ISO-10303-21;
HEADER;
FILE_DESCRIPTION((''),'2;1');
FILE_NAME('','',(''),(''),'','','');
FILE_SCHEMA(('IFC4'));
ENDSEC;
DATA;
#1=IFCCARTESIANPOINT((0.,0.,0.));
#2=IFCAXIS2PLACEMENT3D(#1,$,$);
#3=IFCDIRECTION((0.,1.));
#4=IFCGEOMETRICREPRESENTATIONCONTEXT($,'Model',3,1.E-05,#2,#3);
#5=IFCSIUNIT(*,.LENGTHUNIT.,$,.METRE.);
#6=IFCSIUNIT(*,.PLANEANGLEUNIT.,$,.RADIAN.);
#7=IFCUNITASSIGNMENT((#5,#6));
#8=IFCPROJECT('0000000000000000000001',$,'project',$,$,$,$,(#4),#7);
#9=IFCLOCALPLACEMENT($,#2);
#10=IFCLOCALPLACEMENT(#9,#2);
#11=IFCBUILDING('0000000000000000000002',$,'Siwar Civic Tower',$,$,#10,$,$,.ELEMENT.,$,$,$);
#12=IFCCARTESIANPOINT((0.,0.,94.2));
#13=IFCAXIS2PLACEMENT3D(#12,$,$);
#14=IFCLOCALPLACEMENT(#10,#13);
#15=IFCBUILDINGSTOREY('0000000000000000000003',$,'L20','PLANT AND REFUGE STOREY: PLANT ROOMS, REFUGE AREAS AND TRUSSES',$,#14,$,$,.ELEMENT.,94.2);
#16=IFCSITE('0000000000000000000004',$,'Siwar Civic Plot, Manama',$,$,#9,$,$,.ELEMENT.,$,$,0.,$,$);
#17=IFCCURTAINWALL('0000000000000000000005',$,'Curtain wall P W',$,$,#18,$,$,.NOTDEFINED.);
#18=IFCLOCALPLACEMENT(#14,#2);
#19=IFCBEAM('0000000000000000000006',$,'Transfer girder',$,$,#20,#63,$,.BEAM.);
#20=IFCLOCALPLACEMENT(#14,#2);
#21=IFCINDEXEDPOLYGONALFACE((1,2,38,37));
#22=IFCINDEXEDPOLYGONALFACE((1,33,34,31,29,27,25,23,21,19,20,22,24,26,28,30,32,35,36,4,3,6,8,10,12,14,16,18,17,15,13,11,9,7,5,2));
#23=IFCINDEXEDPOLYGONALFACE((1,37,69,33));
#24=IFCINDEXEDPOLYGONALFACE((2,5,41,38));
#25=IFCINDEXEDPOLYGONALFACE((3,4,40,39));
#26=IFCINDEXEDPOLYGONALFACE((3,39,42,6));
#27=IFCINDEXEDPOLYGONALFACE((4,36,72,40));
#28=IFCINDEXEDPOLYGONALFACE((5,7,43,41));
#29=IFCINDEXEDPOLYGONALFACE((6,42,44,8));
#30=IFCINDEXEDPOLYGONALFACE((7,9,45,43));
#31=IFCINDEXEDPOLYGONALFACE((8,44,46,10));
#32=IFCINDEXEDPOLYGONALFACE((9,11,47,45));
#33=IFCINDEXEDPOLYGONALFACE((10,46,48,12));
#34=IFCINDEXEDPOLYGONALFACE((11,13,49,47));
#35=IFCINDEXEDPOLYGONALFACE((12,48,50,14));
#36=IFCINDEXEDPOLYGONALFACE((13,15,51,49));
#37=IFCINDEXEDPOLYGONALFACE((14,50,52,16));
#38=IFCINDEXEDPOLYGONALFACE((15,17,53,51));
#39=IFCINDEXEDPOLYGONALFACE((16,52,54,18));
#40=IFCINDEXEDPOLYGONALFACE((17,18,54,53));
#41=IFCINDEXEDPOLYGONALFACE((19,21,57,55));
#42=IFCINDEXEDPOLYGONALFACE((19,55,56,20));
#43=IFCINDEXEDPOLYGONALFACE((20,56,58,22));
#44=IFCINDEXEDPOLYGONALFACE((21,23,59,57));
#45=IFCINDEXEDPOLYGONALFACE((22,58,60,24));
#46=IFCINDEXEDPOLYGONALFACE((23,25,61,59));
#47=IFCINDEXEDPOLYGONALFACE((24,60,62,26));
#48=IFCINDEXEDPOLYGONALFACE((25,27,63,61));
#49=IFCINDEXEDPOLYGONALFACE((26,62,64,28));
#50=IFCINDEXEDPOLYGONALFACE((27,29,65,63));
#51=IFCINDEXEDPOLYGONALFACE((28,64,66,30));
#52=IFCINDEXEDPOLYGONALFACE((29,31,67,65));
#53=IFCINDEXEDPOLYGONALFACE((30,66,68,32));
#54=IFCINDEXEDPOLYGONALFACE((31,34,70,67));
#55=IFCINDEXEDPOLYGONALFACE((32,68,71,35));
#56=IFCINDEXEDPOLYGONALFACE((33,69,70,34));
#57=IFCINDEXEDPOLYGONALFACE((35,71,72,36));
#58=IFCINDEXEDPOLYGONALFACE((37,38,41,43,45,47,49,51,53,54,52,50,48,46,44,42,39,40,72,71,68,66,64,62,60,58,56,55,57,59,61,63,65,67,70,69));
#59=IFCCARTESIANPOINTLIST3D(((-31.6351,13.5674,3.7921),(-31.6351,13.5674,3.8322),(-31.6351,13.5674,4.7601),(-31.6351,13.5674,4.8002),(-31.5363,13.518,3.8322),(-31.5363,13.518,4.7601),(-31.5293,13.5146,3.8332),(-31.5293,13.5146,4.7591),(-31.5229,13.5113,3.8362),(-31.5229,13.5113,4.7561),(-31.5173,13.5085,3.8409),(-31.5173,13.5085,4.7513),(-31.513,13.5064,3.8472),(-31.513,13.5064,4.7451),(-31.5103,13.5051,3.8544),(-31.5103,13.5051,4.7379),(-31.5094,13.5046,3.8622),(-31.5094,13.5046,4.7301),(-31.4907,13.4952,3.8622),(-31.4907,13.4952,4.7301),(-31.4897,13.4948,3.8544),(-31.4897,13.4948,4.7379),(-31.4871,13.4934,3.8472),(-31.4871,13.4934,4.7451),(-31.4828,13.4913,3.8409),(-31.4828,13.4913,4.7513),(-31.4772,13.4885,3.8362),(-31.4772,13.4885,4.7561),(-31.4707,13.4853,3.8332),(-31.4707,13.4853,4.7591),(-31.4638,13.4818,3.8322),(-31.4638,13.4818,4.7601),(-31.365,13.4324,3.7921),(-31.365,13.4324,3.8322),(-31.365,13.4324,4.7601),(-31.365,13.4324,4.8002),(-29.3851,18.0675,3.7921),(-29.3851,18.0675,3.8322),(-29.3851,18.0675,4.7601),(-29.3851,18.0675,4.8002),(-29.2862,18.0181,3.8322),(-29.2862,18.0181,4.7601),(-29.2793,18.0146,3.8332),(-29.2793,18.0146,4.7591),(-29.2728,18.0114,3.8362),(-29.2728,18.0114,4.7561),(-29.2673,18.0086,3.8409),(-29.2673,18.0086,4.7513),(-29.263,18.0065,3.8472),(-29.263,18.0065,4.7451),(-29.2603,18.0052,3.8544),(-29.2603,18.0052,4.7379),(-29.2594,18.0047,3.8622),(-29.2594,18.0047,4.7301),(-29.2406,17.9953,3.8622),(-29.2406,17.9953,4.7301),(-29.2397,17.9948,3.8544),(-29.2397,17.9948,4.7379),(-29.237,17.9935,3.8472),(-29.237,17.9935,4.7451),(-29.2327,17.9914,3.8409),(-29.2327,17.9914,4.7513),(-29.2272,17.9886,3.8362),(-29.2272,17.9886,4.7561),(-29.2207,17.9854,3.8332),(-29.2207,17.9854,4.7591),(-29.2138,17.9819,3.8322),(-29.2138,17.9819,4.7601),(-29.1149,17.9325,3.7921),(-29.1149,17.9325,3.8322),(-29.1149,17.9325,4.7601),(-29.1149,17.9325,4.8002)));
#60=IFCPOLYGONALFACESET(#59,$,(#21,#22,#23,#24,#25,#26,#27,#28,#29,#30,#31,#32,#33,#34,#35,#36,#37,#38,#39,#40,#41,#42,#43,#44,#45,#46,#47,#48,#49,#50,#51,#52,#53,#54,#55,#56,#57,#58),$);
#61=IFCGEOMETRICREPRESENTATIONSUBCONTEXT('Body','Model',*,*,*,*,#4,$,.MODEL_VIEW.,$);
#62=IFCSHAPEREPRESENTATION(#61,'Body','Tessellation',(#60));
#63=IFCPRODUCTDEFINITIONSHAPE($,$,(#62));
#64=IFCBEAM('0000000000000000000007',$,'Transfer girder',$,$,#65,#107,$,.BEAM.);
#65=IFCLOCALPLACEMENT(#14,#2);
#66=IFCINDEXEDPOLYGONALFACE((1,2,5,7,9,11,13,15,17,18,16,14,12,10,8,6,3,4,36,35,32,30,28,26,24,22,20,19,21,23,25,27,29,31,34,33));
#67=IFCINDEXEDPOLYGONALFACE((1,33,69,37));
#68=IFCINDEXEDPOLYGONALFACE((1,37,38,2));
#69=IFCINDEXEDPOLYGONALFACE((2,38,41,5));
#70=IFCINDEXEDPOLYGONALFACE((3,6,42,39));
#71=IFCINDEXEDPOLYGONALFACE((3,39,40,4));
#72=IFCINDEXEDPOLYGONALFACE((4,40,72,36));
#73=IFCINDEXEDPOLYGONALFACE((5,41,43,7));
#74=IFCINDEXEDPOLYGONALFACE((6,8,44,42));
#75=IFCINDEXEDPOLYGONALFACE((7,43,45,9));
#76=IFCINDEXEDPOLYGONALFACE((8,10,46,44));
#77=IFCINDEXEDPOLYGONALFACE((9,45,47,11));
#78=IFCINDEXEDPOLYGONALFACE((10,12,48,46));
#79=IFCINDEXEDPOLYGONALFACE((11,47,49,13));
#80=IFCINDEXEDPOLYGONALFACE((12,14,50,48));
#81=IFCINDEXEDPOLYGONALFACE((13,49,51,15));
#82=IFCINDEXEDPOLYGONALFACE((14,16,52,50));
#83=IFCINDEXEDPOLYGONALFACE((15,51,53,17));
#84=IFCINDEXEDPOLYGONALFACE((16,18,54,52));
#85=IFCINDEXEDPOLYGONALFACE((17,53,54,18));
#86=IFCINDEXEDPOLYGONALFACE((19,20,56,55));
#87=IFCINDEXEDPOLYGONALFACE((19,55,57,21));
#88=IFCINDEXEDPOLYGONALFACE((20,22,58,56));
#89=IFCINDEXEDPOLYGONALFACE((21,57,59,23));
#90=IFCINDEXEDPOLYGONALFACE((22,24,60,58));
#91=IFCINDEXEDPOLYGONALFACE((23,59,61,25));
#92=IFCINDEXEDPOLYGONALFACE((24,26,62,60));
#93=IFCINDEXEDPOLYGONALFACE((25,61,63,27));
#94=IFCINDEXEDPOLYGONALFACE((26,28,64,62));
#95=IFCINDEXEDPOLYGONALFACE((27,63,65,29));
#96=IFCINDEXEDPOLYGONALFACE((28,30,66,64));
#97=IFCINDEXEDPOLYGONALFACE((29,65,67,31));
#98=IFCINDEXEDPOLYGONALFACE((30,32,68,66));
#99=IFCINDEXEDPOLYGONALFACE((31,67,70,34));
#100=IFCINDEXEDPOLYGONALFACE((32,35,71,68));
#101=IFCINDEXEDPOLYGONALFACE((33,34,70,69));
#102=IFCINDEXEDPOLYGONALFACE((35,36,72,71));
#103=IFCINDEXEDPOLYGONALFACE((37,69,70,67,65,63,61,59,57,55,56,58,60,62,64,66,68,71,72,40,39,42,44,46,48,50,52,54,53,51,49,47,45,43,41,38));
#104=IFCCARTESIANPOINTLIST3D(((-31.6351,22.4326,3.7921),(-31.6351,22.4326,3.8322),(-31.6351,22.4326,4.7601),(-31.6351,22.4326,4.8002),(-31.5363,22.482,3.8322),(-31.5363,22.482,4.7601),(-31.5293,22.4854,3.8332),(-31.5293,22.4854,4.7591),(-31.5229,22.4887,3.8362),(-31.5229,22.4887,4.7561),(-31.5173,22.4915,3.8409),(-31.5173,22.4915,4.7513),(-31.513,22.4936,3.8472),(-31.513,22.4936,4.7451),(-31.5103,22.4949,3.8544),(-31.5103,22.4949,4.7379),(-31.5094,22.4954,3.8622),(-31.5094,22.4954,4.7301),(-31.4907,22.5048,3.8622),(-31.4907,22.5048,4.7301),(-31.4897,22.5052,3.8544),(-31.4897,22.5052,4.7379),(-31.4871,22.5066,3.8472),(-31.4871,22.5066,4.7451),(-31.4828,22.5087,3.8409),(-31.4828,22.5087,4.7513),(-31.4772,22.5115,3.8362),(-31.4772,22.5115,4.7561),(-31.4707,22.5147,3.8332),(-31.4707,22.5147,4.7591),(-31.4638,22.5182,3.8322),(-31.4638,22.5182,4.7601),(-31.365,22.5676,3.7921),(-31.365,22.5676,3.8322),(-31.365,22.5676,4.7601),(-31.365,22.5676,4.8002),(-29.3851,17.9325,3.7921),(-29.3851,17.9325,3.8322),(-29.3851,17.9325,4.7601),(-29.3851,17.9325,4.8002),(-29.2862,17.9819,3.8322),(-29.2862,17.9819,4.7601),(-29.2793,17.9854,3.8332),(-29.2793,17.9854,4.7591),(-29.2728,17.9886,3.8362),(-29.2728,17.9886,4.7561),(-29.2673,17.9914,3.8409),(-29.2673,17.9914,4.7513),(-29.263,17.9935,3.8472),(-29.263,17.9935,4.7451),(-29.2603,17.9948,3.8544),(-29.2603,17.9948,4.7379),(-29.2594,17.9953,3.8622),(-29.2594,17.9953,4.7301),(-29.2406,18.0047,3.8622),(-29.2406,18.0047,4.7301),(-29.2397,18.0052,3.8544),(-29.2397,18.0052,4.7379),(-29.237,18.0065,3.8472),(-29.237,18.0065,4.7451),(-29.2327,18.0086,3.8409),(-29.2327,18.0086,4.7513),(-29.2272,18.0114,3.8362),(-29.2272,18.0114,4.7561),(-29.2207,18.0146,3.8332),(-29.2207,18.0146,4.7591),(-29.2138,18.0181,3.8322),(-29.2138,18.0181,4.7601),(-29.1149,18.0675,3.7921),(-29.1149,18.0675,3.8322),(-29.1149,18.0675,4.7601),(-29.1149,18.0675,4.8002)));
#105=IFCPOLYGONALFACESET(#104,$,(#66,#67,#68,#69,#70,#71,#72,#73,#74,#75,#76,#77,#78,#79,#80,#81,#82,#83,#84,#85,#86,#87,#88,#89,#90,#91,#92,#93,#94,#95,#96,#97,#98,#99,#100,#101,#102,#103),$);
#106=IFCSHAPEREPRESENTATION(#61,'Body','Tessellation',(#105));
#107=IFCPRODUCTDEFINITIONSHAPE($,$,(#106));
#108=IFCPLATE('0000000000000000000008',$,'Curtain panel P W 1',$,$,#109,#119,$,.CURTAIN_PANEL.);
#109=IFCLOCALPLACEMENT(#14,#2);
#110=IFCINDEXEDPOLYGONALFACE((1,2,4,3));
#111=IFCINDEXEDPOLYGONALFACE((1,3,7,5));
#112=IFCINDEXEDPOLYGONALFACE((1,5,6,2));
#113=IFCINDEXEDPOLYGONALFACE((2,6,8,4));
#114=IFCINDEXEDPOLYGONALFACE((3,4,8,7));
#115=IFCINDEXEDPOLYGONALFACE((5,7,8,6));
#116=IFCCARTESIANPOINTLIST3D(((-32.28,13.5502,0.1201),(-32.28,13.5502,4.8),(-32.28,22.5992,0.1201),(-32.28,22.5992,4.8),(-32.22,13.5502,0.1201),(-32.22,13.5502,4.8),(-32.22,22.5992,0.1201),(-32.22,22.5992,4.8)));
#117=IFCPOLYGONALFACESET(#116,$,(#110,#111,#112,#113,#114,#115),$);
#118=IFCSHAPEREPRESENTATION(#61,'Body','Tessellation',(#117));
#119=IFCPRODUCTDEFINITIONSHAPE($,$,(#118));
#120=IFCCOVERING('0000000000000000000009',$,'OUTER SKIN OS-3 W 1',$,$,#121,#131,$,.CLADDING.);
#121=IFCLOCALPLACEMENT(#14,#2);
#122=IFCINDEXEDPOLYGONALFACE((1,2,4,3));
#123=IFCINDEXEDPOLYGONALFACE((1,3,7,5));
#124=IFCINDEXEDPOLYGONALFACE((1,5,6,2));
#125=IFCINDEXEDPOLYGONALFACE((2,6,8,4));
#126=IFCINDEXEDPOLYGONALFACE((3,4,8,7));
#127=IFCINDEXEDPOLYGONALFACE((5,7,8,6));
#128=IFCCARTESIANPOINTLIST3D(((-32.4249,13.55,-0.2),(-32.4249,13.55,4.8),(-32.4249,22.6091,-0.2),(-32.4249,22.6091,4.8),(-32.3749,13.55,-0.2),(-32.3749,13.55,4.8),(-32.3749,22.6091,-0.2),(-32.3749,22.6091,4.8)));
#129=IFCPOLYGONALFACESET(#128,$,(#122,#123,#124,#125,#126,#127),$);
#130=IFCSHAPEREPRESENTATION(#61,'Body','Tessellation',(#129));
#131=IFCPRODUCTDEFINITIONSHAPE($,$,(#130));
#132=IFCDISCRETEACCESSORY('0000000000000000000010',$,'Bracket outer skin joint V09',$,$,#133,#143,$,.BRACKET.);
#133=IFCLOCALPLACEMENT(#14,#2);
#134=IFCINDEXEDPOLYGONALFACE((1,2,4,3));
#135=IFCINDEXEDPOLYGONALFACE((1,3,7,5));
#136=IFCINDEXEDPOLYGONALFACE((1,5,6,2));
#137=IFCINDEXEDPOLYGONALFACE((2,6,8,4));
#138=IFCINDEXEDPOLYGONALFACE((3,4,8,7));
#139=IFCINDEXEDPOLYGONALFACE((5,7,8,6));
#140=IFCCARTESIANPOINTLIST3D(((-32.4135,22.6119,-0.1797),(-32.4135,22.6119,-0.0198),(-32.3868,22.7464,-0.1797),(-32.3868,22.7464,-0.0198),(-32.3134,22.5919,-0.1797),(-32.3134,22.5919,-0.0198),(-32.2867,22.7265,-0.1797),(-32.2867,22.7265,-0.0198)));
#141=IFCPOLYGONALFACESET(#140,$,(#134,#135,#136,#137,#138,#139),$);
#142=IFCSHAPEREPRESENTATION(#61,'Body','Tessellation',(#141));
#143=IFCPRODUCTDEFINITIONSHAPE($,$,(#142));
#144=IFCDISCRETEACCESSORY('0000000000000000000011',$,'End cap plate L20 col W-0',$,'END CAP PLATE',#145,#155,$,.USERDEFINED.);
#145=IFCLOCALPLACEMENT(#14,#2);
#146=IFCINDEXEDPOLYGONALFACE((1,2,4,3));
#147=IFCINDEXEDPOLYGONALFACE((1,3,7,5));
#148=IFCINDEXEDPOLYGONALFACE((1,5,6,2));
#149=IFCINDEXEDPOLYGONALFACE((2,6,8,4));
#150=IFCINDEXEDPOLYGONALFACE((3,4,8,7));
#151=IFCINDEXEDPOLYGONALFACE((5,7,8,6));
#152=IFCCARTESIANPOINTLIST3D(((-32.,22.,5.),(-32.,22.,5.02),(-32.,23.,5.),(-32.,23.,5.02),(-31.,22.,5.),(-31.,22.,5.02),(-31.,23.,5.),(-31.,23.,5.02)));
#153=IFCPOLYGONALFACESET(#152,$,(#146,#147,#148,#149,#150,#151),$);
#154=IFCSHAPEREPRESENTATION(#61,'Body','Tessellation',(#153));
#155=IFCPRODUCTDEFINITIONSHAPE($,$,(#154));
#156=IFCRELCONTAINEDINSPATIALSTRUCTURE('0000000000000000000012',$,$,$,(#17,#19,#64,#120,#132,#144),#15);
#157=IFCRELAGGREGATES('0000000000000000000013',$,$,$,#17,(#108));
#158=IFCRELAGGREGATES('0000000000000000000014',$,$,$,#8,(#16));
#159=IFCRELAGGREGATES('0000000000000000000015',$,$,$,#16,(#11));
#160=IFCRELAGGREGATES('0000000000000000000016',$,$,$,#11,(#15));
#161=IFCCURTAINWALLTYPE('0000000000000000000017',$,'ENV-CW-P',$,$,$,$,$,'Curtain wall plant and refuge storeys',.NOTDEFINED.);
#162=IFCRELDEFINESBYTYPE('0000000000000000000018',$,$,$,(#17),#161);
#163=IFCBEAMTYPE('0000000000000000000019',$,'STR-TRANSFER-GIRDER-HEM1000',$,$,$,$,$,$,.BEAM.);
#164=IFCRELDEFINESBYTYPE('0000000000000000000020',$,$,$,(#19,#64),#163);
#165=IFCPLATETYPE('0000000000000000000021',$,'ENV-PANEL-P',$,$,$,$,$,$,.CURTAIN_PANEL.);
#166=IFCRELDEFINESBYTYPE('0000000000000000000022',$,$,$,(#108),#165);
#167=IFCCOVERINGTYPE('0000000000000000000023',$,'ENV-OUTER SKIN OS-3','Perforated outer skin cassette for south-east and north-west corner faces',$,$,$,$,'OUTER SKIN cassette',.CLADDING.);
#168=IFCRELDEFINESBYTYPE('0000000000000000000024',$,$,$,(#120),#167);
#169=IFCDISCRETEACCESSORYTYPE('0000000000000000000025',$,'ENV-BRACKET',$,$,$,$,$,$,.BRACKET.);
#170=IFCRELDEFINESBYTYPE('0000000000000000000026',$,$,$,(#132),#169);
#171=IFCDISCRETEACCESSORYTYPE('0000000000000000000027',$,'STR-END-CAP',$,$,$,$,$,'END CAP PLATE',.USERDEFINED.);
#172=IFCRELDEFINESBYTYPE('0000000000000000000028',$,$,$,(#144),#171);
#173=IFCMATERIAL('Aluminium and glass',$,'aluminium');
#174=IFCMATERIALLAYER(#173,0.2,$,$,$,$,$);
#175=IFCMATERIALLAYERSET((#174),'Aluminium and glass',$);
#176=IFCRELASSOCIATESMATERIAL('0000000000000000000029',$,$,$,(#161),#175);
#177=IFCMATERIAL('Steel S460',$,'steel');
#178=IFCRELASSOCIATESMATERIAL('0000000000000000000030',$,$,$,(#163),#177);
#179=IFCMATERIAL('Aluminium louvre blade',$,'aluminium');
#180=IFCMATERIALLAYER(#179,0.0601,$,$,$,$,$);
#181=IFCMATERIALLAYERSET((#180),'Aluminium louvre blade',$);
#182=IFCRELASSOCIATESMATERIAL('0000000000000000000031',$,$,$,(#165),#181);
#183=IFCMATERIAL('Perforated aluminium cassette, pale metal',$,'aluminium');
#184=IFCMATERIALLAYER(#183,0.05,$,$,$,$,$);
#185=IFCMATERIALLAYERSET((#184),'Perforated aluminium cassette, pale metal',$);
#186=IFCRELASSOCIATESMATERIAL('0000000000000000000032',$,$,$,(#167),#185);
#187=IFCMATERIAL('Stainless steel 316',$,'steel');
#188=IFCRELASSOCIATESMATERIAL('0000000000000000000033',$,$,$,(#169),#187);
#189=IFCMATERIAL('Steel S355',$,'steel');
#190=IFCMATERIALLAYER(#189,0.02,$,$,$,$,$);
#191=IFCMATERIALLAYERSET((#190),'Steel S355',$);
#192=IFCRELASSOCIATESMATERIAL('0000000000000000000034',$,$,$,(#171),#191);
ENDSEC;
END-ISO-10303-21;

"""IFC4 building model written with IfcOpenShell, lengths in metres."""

from ifc_helpers import new_model, si_unit, direction, frame, origin, origin_2d, place, context, subcontext, project, spatial, rectangle, i_section, extrude, material, layer, layer_set, material_profile, profile_set, type_object, element, aggregate, save


model = new_model("IFC4")

# Units and contexts
model_context = context("Model", 3, precision=1e-05, world=origin(), true_north=direction((0.0, 1.0)))
body_context = subcontext(model_context, "Body", "Model", "MODEL_VIEW")
ifc_project = project(units=[si_unit("LENGTHUNIT", "METRE"), si_unit("PLANEANGLEUNIT", "RADIAN")], contexts=[model_context])

# Site, building, storey
site_placement = place(None, origin())
site = spatial("IfcSite", under=ifc_project, at=site_placement, Name="Siwar Civic Plot, Manama", CompositionType="ELEMENT", RefElevation=0.0)
building_placement = place(site_placement, origin())
building = spatial("IfcBuilding", under=site, at=building_placement, Name="Siwar Civic Tower", CompositionType="ELEMENT")
storey_placement = place(building_placement, frame((0.0, 0.0, 94.2)))
storey = spatial("IfcBuildingStorey", under=building, at=storey_placement, Name="L20", Description="PLANT AND REFUGE STOREY: PLANT ROOMS, REFUGE AREAS AND TRUSSES", CompositionType="ELEMENT", Elevation=94.2)

# Curtain wall
ifc_material_1 = material(Name="Aluminium and glass", Category="aluminium")
ifc_layer_1 = layer(ifc_material_1, 0.2)
ifc_layer_set_1 = layer_set([ifc_layer_1], Name="Aluminium and glass")
curtain_wall_type = type_object("IfcCurtainWallType", Name="ENV-CW-P", ElementType="Curtain wall plant and refuge storeys", PredefinedType="NOTDEFINED", material=ifc_layer_set_1)
curtain_wall_placement = place(storey_placement, origin())
curtain_wall = element("IfcCurtainWall", 1, at=curtain_wall_placement, inside=storey, type_object=curtain_wall_type, Name="Curtain wall P W", PredefinedType="NOTDEFINED")

# Beams
ifc_material_2 = material(Name="Steel S460", Category="steel")
ifc_material_profile_1 = material_profile(ifc_material_2, i_section(OverallWidth=0.302, OverallDepth=1.0081, WebThickness=0.021, FlangeThickness=0.04, FilletRadius=0.03, at=origin_2d()), Name="HEM1000")
ifc_profile_set_1 = profile_set([ifc_material_profile_1], Name="Steel S460")
beam_type_1 = type_object("IfcBeamType", Name="STR-TRANSFER-GIRDER-HEM1000", PredefinedType="BEAM", material=ifc_profile_set_1)
for number, where, z_axis, x_axis, name in (
    (2, (-29.25, 18.0, 4.2961), (-0.447214, -0.894427, 0.0), (0.894427, -0.447214, 0.0), "Transfer girder"),
    (3, (-29.25, 18.0, 4.2961), (-0.447214, 0.894427, 0.0), (-0.894427, -0.447214, 0.0), "Transfer girder"),
):
    element("IfcBeam", number, at=place(storey_placement, frame(where, z_axis=z_axis, x_axis=x_axis)), inside=storey, type_object=beam_type_1, Name=name, PredefinedType="BEAM", context=body_context, shape_type="SweptSolid", body=[
        extrude(i_section(OverallWidth=0.302, OverallDepth=1.0081, WebThickness=0.021, FlangeThickness=0.04, FilletRadius=0.03, at=origin_2d()), origin(), (0.0, 0.0, 1.0), 5.0312),
    ])

# Plate
ifc_material_3 = material(Name="Aluminium louvre blade", Category="aluminium")
ifc_layer_2 = layer(ifc_material_3, 0.0601)
ifc_layer_set_2 = layer_set([ifc_layer_2], Name="Aluminium louvre blade")
plate_type = type_object("IfcPlateType", Name="ENV-PANEL-P", PredefinedType="CURTAIN_PANEL", material=ifc_layer_set_2)
plate_placement = place(storey_placement, frame((-32.25, 18.0747, 0.1201), z_axis=(0.0, 0.0, 1.0), x_axis=(0.0, -1.0, 0.0)))
plate = element("IfcPlate", 4, at=plate_placement, type_object=plate_type, Name="Curtain panel P W 1", PredefinedType="CURTAIN_PANEL", context=body_context, shape_type="SweptSolid", body=[
    extrude(rectangle(XDim=9.0491, YDim=0.0601, at=origin_2d()), origin(), (0.0, 0.0, 1.0), 4.6799),
])
aggregate(curtain_wall, [plate])

# Covering
ifc_material_4 = material(Name="Perforated aluminium cassette, pale metal", Category="aluminium")
ifc_layer_3 = layer(ifc_material_4, 0.05)
ifc_layer_set_3 = layer_set([ifc_layer_3], Name="Perforated aluminium cassette, pale metal")
covering_type = type_object("IfcCoveringType", Name="ENV-OUTER SKIN OS-3", Description="Perforated outer skin cassette for south-east and north-west corner faces", ElementType="OUTER SKIN cassette", PredefinedType="CLADDING", material=ifc_layer_set_3)
covering_placement = place(storey_placement, frame((-32.3999, 18.0796, -0.2), z_axis=(0.0, 0.0, 1.0), x_axis=(0.0, -1.0, 0.0)))
element("IfcCovering", 5, at=covering_placement, inside=storey, type_object=covering_type, Name="OUTER SKIN OS-3 W 1", PredefinedType="CLADDING", context=body_context, shape_type="SweptSolid", body=[
    extrude(rectangle(XDim=9.0591, YDim=0.05, at=origin_2d()), origin(), (0.0, 0.0, 1.0), 5.0),
])

# Discrete accessories
ifc_material_5 = material(Name="Stainless steel 316", Category="steel")
discrete_accessory_type_1 = type_object("IfcDiscreteAccessoryType", Name="ENV-BRACKET", PredefinedType="BRACKET", material=ifc_material_5)
discrete_accessory_1_placement = place(storey_placement, frame((-32.3501, 22.6692, -0.1797), z_axis=(0.0, 0.0, 1.0), x_axis=(-0.980785, 0.19509, 0.0)))
element("IfcDiscreteAccessory", 6, at=discrete_accessory_1_placement, inside=storey, type_object=discrete_accessory_type_1, Name="Bracket outer skin joint V09", PredefinedType="BRACKET", context=body_context, shape_type="SweptSolid", body=[
    extrude(rectangle(XDim=0.1021, YDim=0.1372, at=origin_2d()), origin(), (0.0, 0.0, 1.0), 0.1599),
])
ifc_material_6 = material(Name="Steel S355", Category="steel")
ifc_layer_4 = layer(ifc_material_6, 0.02)
ifc_layer_set_4 = layer_set([ifc_layer_4], Name="Steel S355")
discrete_accessory_type_2 = type_object("IfcDiscreteAccessoryType", Name="STR-END-CAP", ElementType="END CAP PLATE", PredefinedType="USERDEFINED", material=ifc_layer_set_4)
discrete_accessory_2_placement = place(storey_placement, frame((-31.5, 22.5, 5.0), z_axis=(0.0, 0.0, 1.0), x_axis=(1.0, 0.0, 0.0)))
element("IfcDiscreteAccessory", 7, at=discrete_accessory_2_placement, inside=storey, type_object=discrete_accessory_type_2, Name="End cap plate L20 col W-0", ObjectType="END CAP PLATE", PredefinedType="USERDEFINED", context=body_context, shape_type="SweptSolid", body=[
    extrude(rectangle(XDim=1.0, YDim=1.0, at=origin_2d()), origin(), (0.0, 0.0, 1.0), 0.02),
])

save(model, "model.ifc")
